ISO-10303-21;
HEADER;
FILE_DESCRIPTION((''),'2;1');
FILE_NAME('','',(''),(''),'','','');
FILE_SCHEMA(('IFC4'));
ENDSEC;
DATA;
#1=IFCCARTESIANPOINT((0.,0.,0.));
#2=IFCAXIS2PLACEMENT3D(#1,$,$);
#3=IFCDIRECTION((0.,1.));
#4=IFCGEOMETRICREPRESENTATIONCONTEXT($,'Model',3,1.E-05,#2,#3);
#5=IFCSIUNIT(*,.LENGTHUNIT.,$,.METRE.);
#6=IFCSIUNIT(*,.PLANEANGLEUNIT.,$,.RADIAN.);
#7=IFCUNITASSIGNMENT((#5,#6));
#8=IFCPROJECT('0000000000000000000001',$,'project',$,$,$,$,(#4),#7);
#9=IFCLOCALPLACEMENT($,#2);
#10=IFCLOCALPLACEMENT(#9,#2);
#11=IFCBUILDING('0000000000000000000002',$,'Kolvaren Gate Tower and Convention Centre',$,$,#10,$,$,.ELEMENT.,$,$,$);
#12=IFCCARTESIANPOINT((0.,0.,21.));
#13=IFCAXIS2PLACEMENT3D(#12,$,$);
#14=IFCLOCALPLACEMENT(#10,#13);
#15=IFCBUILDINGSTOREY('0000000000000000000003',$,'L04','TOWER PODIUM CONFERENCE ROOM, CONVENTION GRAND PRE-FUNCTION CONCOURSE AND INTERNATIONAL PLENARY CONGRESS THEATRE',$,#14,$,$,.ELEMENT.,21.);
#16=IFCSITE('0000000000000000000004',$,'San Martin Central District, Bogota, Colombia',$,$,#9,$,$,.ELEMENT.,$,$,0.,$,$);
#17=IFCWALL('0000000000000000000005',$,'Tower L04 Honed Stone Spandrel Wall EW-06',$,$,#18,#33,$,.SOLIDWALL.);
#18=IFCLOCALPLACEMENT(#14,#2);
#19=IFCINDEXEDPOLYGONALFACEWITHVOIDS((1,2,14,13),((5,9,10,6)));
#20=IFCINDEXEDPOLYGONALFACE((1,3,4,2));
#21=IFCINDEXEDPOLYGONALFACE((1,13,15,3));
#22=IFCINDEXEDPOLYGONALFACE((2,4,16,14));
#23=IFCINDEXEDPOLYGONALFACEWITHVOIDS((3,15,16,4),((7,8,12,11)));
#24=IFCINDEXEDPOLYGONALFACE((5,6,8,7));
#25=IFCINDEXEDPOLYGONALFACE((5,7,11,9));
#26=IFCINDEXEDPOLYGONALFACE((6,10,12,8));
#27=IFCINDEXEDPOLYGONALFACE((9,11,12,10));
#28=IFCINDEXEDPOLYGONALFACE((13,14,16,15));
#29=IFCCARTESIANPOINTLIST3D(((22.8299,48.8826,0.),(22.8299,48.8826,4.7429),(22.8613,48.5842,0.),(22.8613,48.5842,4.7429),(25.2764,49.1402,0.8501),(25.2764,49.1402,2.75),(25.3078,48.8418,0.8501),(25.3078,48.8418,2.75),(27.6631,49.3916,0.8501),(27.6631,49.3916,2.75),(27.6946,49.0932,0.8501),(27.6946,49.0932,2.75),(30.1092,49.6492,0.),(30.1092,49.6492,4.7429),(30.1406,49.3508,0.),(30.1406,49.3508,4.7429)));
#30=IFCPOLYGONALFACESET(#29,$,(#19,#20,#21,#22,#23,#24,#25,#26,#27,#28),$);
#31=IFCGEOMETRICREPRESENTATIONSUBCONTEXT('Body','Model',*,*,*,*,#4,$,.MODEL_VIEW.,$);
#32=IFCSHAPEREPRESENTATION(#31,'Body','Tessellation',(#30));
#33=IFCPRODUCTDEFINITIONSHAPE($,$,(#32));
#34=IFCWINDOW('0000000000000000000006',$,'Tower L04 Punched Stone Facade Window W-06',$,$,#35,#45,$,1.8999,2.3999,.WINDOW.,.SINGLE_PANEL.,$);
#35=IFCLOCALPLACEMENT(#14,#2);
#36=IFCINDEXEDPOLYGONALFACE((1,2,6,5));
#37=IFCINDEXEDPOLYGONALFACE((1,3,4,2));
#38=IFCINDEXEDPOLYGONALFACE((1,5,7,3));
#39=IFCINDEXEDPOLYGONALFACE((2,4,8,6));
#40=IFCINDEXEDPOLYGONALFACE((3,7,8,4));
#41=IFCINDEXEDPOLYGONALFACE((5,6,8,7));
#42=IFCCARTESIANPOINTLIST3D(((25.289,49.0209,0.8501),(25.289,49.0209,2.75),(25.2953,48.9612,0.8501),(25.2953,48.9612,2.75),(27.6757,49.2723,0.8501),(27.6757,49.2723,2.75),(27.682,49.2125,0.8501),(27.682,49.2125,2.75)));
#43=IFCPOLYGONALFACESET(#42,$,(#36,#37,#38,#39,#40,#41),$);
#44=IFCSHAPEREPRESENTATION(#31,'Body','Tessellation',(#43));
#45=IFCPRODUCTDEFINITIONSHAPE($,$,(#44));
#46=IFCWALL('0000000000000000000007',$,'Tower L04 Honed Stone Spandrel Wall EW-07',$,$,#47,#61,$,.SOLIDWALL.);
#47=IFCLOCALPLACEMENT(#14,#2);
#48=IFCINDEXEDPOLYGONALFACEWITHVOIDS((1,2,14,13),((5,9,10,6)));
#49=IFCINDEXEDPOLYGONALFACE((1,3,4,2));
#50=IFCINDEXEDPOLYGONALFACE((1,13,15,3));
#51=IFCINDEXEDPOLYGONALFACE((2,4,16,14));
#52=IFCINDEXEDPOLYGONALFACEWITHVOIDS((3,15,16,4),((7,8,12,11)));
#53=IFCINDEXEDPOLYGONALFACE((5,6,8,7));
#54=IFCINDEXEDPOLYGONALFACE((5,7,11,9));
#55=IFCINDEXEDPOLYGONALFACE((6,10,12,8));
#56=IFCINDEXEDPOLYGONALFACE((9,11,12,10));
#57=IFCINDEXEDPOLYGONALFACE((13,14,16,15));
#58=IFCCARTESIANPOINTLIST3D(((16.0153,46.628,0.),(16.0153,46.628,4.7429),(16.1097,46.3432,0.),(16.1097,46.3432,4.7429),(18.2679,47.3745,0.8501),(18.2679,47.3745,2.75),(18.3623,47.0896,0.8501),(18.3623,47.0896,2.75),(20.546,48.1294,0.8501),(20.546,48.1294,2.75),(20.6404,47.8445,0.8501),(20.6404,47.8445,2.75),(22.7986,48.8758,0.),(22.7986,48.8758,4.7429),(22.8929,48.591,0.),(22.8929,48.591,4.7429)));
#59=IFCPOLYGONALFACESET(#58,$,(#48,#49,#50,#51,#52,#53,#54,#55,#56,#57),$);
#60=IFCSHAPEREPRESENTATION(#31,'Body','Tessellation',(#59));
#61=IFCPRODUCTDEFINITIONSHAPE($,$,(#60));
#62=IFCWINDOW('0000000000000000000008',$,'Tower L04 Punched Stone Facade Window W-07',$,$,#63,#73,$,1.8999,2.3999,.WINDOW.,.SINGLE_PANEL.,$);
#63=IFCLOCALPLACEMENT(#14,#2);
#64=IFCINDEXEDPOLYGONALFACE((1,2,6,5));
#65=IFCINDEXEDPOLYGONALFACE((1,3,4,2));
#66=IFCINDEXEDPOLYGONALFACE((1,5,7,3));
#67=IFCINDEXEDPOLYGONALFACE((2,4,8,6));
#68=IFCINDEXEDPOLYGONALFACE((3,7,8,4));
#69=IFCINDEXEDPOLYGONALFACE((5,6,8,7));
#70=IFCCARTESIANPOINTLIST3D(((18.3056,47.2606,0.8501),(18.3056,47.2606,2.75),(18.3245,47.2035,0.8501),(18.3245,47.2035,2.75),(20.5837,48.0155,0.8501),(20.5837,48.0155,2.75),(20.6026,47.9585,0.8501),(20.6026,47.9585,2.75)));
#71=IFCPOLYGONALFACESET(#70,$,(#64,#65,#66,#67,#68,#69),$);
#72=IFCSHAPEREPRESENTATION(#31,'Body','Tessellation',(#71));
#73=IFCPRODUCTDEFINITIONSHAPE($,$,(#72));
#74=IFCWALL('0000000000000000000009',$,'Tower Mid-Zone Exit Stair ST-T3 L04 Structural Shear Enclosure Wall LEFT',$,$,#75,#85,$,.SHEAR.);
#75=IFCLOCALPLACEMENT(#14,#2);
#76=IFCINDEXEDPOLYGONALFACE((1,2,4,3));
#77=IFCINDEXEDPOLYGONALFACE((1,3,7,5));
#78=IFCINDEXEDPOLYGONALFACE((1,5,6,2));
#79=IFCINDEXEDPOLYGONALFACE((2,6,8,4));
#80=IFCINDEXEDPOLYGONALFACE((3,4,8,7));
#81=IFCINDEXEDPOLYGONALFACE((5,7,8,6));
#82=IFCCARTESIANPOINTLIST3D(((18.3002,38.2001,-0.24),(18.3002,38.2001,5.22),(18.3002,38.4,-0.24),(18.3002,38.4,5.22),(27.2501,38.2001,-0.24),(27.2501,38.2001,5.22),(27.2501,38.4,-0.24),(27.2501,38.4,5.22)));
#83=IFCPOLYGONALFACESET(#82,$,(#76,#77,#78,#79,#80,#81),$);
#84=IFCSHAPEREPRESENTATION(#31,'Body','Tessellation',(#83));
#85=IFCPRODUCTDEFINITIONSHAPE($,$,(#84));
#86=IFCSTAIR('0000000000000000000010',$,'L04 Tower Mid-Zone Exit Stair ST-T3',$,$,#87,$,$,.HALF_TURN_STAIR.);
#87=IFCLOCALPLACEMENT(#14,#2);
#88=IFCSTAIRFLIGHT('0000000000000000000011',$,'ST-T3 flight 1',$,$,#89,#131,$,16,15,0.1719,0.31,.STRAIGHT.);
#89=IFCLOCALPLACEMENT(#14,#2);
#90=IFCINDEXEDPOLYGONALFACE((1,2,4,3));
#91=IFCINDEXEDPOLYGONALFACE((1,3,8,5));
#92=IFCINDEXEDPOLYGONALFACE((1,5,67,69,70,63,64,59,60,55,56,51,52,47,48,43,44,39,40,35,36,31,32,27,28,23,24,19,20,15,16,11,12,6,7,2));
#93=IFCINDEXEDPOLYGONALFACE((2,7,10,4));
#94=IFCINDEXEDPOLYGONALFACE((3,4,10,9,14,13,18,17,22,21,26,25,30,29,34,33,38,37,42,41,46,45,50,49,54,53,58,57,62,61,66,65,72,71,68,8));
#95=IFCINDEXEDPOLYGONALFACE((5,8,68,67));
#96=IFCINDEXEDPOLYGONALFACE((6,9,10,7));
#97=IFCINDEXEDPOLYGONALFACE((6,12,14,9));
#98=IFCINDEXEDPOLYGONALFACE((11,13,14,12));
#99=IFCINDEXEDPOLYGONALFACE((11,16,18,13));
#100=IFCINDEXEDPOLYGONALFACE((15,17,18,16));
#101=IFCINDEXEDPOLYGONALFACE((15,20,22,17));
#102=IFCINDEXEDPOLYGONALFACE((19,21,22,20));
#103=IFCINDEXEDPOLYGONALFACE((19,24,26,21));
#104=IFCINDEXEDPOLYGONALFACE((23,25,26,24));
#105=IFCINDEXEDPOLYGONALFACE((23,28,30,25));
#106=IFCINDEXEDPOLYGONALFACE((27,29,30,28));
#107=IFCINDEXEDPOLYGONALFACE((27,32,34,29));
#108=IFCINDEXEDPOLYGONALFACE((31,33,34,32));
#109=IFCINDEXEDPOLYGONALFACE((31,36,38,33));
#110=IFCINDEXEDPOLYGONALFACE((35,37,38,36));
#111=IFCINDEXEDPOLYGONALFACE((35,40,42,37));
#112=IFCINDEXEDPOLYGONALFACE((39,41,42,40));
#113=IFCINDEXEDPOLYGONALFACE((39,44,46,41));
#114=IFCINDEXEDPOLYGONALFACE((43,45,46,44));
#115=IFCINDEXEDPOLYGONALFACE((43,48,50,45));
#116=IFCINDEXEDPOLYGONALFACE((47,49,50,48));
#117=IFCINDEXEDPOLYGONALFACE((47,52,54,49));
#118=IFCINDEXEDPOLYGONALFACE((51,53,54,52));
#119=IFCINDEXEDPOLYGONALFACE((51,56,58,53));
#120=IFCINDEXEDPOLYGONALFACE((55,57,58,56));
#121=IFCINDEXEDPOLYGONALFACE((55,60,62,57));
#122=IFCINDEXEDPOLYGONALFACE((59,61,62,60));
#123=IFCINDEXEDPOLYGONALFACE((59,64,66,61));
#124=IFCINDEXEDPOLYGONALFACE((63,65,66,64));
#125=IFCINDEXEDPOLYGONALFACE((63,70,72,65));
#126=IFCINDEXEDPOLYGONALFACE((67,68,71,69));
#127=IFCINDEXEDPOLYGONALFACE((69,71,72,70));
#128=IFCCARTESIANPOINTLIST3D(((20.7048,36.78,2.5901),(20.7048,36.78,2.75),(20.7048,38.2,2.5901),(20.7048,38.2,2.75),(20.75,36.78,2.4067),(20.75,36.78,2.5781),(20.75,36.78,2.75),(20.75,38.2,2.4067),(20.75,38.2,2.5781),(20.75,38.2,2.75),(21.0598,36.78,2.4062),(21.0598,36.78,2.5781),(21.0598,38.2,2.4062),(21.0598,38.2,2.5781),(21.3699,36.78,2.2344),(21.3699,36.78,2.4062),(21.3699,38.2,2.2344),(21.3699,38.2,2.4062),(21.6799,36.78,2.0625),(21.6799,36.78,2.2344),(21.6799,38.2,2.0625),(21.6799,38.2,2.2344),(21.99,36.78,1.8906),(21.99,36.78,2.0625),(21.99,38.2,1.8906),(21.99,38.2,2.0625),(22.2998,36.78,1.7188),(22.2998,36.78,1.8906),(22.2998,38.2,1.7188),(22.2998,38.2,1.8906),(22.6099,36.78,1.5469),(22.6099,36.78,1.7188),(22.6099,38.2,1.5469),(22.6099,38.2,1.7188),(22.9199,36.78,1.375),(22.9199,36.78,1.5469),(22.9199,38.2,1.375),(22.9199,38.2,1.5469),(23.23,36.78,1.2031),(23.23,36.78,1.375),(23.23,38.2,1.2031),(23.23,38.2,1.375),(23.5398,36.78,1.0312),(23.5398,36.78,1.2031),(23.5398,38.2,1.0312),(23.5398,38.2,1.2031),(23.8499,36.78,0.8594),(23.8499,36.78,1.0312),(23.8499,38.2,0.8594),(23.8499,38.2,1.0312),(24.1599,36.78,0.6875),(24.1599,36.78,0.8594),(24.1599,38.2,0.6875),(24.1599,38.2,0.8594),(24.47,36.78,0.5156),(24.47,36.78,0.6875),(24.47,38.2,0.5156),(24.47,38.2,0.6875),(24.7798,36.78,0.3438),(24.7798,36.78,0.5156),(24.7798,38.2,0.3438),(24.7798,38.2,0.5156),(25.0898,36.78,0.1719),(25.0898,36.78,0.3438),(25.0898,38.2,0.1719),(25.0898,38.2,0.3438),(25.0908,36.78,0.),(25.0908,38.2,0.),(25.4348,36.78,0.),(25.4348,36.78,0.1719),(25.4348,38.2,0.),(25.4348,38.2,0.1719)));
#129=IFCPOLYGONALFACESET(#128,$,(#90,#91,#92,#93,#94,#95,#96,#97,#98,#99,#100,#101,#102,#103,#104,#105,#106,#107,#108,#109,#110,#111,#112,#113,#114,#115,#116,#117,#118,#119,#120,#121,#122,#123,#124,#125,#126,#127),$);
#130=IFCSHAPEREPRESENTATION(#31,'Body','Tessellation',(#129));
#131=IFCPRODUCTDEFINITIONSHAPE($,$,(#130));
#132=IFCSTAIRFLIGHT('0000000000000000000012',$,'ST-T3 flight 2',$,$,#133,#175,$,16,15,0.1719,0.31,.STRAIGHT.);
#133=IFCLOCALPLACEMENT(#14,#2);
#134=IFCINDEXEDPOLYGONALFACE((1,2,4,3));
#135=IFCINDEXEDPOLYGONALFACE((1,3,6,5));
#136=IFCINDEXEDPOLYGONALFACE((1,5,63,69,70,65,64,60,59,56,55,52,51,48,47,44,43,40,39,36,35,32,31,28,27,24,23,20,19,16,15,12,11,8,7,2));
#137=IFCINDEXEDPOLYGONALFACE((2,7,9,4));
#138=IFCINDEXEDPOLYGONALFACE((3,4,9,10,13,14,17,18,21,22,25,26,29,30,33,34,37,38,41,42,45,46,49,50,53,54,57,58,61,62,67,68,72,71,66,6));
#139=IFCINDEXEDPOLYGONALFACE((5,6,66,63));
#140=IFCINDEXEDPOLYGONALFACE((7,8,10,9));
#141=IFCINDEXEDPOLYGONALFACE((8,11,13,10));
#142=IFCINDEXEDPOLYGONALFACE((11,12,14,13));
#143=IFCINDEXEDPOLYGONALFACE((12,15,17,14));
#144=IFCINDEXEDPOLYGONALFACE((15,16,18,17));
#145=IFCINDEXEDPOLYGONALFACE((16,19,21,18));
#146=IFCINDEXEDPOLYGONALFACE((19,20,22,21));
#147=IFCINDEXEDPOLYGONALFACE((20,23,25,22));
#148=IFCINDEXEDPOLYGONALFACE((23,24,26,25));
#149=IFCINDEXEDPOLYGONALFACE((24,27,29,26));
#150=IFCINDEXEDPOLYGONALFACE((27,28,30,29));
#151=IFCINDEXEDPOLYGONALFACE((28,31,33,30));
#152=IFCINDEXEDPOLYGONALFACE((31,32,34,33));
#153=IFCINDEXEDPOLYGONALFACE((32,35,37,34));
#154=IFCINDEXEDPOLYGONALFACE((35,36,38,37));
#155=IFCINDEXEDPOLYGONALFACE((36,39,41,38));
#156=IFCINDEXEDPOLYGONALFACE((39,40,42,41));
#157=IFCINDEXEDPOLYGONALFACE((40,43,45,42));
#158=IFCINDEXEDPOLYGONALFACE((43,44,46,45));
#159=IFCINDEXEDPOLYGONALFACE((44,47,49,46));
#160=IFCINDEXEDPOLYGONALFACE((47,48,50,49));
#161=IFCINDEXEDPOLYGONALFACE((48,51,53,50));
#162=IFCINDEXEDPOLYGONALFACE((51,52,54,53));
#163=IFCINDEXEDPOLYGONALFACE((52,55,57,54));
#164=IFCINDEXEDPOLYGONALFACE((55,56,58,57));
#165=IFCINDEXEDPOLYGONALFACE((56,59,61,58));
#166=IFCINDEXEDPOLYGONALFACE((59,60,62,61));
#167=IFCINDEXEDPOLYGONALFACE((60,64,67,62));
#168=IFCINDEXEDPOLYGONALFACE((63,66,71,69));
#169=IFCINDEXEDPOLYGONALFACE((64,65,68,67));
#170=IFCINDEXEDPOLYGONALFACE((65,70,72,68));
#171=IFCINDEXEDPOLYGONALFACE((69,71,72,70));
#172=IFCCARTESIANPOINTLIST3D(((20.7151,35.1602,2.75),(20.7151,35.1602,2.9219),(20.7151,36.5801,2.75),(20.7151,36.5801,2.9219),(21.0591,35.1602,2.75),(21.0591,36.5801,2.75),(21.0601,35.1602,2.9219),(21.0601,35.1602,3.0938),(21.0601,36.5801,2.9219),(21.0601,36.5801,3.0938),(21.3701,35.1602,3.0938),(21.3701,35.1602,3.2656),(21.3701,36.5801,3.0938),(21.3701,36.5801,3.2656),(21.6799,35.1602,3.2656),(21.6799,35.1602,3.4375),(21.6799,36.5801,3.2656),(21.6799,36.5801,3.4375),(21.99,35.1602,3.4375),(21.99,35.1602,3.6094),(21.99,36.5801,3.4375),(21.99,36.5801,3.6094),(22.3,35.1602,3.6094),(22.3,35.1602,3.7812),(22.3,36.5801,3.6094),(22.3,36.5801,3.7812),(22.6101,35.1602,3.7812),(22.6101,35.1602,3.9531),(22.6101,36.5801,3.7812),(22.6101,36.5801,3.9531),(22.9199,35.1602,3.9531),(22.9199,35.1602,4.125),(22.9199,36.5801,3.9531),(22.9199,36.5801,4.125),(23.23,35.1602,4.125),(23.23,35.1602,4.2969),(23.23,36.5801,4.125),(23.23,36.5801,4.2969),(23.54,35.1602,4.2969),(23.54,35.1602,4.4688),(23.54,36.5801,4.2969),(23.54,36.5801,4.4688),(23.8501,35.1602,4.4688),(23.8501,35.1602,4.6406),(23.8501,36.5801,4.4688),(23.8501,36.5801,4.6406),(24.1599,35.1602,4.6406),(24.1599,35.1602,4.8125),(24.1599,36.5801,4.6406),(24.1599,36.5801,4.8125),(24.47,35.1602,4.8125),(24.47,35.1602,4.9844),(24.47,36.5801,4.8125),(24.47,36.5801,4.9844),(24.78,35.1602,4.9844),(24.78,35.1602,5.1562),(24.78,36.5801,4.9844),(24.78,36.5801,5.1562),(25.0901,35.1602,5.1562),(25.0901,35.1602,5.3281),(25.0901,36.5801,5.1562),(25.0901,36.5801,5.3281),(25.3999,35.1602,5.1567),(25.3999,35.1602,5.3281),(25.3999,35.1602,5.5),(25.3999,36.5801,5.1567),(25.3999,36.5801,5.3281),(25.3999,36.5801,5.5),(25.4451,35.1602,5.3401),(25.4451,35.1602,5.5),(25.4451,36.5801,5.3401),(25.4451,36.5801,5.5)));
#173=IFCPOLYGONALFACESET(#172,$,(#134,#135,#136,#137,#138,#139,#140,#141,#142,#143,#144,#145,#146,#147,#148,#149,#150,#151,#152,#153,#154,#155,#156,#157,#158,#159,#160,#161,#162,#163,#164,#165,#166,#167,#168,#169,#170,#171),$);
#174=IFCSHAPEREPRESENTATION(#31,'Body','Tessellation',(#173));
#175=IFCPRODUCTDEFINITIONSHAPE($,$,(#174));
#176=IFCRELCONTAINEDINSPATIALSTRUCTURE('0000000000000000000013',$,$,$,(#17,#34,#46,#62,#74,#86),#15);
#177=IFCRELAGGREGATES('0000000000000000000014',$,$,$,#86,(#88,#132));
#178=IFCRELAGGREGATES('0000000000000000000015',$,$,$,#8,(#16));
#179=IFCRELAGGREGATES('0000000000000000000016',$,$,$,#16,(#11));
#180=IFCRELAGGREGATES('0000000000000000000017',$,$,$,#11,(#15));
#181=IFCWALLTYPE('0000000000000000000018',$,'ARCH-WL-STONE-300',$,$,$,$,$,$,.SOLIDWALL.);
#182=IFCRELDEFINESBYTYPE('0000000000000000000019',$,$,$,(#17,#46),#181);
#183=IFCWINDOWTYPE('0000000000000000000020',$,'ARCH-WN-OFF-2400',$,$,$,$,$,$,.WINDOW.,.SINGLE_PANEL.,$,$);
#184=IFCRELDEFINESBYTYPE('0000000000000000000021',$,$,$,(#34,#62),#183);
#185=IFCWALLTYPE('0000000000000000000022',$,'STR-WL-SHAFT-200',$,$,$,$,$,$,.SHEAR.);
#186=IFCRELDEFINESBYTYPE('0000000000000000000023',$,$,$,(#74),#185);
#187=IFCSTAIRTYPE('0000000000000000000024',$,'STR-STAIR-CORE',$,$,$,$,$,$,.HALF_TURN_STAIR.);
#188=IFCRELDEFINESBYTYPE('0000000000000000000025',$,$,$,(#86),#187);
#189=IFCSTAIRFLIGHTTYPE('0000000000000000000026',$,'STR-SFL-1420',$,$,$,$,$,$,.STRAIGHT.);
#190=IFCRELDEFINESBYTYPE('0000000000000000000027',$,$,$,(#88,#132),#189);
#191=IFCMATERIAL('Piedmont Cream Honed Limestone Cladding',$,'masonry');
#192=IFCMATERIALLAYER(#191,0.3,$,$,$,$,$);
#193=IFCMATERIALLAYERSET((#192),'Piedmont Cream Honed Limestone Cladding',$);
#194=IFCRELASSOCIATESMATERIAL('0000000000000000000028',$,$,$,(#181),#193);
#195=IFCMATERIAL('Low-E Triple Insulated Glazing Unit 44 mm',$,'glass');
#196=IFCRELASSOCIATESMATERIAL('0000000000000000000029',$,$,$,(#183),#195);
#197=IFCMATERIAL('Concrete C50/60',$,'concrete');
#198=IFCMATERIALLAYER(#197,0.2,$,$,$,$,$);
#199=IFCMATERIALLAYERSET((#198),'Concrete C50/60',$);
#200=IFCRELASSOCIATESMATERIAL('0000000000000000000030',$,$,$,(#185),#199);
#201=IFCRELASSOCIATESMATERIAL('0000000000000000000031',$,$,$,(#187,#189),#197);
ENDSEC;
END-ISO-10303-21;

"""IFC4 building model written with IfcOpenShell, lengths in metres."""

from ifc_helpers import new_model, si_unit, direction, frame, frame_2d, origin, place, context, subcontext, project, spatial, polyline, rectangle, outline, extrude, material, layer, layer_set, type_object, element, fill, aggregate, save


model = new_model("IFC4")

# Units and contexts
model_context = context("Model", 3, precision=1e-05, world=origin(), true_north=direction((0.0, 1.0)))
body_context = subcontext(model_context, "Body", "Model", "MODEL_VIEW")
ifc_project = project(units=[si_unit("LENGTHUNIT", "METRE"), si_unit("PLANEANGLEUNIT", "RADIAN")], contexts=[model_context])

# Site, building, storey
site_placement = place(None, origin())
site = spatial("IfcSite", under=ifc_project, at=site_placement, Name="San Martin Central District, Bogota, Colombia", CompositionType="ELEMENT", RefElevation=0.0)
building_placement = place(site_placement, origin())
building = spatial("IfcBuilding", under=site, at=building_placement, Name="Kolvaren Gate Tower and Convention Centre", CompositionType="ELEMENT")
storey_placement = place(building_placement, frame((0.0, 0.0, 21.0)))
storey = spatial("IfcBuildingStorey", under=building, at=storey_placement, Name="L04", Description="TOWER PODIUM CONFERENCE ROOM, CONVENTION GRAND PRE-FUNCTION CONCOURSE AND INTERNATIONAL PLENARY CONGRESS THEATRE", CompositionType="ELEMENT", Elevation=21.0)

# Shared definitions
ifc_material_1 = material(Name="Low-E Triple Insulated Glazing Unit 44 mm", Category="glass")

# Walls, openings, windows
ifc_material_2 = material(Name="Piedmont Cream Honed Limestone Cladding", Category="masonry")
ifc_layer_1 = layer(ifc_material_2, 0.3)
ifc_layer_set_1 = layer_set([ifc_layer_1], Name="Piedmont Cream Honed Limestone Cladding")
wall_type_1 = type_object("IfcWallType", Name="ARCH-WL-STONE-300", PredefinedType="SOLIDWALL", material=ifc_layer_set_1)
wall_1_placement = place(storey_placement, frame((22.8457, 48.7334, 0.0), z_axis=(0.0, 0.0, 1.0), x_axis=(0.9945, 0.104733, 0.0)))
wall_1 = element("IfcWall", 1, at=wall_1_placement, inside=storey, type_object=wall_type_1, Name="Tower L04 Honed Stone Spandrel Wall EW-06", PredefinedType="SOLIDWALL", context=body_context, shape_type="SweptSolid", body=[
    extrude(rectangle(XDim=7.3196, YDim=0.3, at=frame_2d((3.6597, 0.0))), origin(), (0.0, 0.0, 1.0), 4.7429),
])
opening_1_placement = place(wall_1_placement, frame((2.46, 0.0, 0.8501)))
opening_1 = element("IfcOpeningElement", 2, at=opening_1_placement, cuts=wall_1, PredefinedType="OPENING", context=body_context, shape_type="SweptSolid", body=[
    extrude(rectangle(XDim=2.3999, YDim=1.8999, at=frame_2d((1.2, 0.95))), frame((0.0, 0.1599, 0.0), z_axis=(0.0, -1.0, 0.0), x_axis=(1.0, 0.0, 0.0)), (0.0, 0.0, 1.0), 0.3201),
])
window_type = type_object("IfcWindowType", Name="ARCH-WN-OFF-2400", PartitioningType="SINGLE_PANEL", PredefinedType="WINDOW", material=ifc_material_1)
window_1_placement = place(opening_1_placement, origin())
window_1 = element("IfcWindow", 3, at=window_1_placement, inside=storey, type_object=window_type, Name="Tower L04 Punched Stone Facade Window W-06", OverallHeight=1.8999, OverallWidth=2.3999, PartitioningType="SINGLE_PANEL", PredefinedType="WINDOW", context=body_context, shape_type="SweptSolid", body=[
    extrude(rectangle(XDim=2.3999, YDim=1.8999, at=frame_2d((1.2, 0.95))), frame((0.0, 0.03, 0.0), z_axis=(0.0, -1.0, 0.0), x_axis=(1.0, 0.0, 0.0)), (0.0, 0.0, 1.0), 0.0601),
])
fill(opening_1, window_1)
wall_2_placement = place(storey_placement, frame((16.0625, 46.4856, 0.0), z_axis=(0.0, 0.0, 1.0), x_axis=(0.949239, 0.314557, 0.0)))
wall_2 = element("IfcWall", 4, at=wall_2_placement, inside=storey, type_object=wall_type_1, Name="Tower L04 Honed Stone Spandrel Wall EW-07", PredefinedType="SOLIDWALL", context=body_context, shape_type="SweptSolid", body=[
    extrude(rectangle(XDim=7.146, YDim=0.3, at=frame_2d((3.573, 0.0))), origin(), (0.0, 0.0, 1.0), 4.7429),
])
opening_2_placement = place(wall_2_placement, frame((2.373, 0.0, 0.8501)))
opening_2 = element("IfcOpeningElement", 5, at=opening_2_placement, cuts=wall_2, PredefinedType="OPENING", context=body_context, shape_type="SweptSolid", body=[
    extrude(rectangle(XDim=2.3999, YDim=1.8999, at=frame_2d((1.2, 0.95))), frame((0.0, 0.1599, 0.0), z_axis=(0.0, -1.0, 0.0), x_axis=(1.0, 0.0, 0.0)), (0.0, 0.0, 1.0), 0.3201),
])
window_2_placement = place(opening_2_placement, origin())
window_2 = element("IfcWindow", 6, at=window_2_placement, inside=storey, type_object=window_type, Name="Tower L04 Punched Stone Facade Window W-07", OverallHeight=1.8999, OverallWidth=2.3999, PartitioningType="SINGLE_PANEL", PredefinedType="WINDOW", context=body_context, shape_type="SweptSolid", body=[
    extrude(rectangle(XDim=2.3999, YDim=1.8999, at=frame_2d((1.2, 0.95))), frame((0.0, 0.03, 0.0), z_axis=(0.0, -1.0, 0.0), x_axis=(1.0, 0.0, 0.0)), (0.0, 0.0, 1.0), 0.0601),
])
fill(opening_2, window_2)

# Wall
ifc_material_3 = material(Name="Concrete C50/60", Category="concrete")
ifc_layer_2 = layer(ifc_material_3, 0.2)
ifc_layer_set_2 = layer_set([ifc_layer_2], Name="Concrete C50/60")
wall_type_2 = type_object("IfcWallType", Name="STR-WL-SHAFT-200", PredefinedType="SHEAR", material=ifc_layer_set_2)
wall_3_placement = place(storey_placement, frame((18.3, 38.3, -0.24), z_axis=(0.0, 0.0, 1.0), x_axis=(1.0, 0.0, 0.0)))
element("IfcWall", 7, at=wall_3_placement, inside=storey, type_object=wall_type_2, Name="Tower Mid-Zone Exit Stair ST-T3 L04 Structural Shear Enclosure Wall LEFT", PredefinedType="SHEAR", context=body_context, shape_type="SweptSolid", body=[
    extrude(rectangle(XDim=8.95, YDim=0.2, at=frame_2d((4.4751, 0.0))), origin(), (0.0, 0.0, 1.0), 5.46),
])

# Stair, stair flights
stair_type = type_object("IfcStairType", Name="STR-STAIR-CORE", PredefinedType="HALF_TURN_STAIR", material=ifc_material_3)
stair_placement = place(storey_placement, origin())
stair = element("IfcStair", 8, at=stair_placement, inside=storey, type_object=stair_type, Name="L04 Tower Mid-Zone Exit Stair ST-T3", PredefinedType="HALF_TURN_STAIR")
stair_flight_type = type_object("IfcStairFlightType", Name="STR-SFL-1420", PredefinedType="STRAIGHT", material=ifc_material_3)
stair_flight_1_placement = place(storey_placement, frame((25.3999, 37.49, 0.0), z_axis=(0.0, 0.0, 1.0), x_axis=(-1.0, 0.0, 0.0)))
stair_flight_1 = element("IfcStairFlight", 9, at=stair_flight_1_placement, type_object=stair_flight_type, Name="ST-T3 flight 1", NumberOfRisers=16, NumberOfTreads=15, PredefinedType="STRAIGHT", RiserHeight=0.1719, TreadLength=0.31, context=body_context, shape_type="SweptSolid", body=[
    extrude(outline(polyline([(-0.0349, 0.0), (-0.0349, 0.1719), (0.3101, 0.1719), (0.3101, 0.3438), (0.6201, 0.3438), (0.6201, 0.5156), (0.9299, 0.5156), (0.9299, 0.6875), (1.24, 0.6875), (1.24, 0.8594), (1.55, 0.8594), (1.55, 1.0312), (1.8601, 1.0312), (1.8601, 1.2031), (2.1699, 1.2031), (2.1699, 1.375), (2.48, 1.375), (2.48, 1.5469), (2.79, 1.5469), (2.79, 1.7188), (3.1001, 1.7188), (3.1001, 1.8906), (3.4099, 1.8906), (3.4099, 2.0625), (3.72, 2.0625), (3.72, 2.2344), (4.03, 2.2344), (4.03, 2.4062), (4.3401, 2.4062), (4.3401, 2.5781), (4.6499, 2.5781), (4.6499, 2.75), (4.6951, 2.75), (4.6951, 2.5901), (4.6499, 2.4067), (0.3091, 0.0), (-0.0349, 0.0)])), frame((0.0, 0.71, 0.0), z_axis=(0.0, -1.0, 0.0), x_axis=(1.0, 0.0, 0.0)), (0.0, 0.0, 1.0), 1.4199),
])
stair_flight_2_placement = place(storey_placement, frame((20.75, 35.8701, 2.75), z_axis=(0.0, 0.0, 1.0), x_axis=(1.0, 0.0, 0.0)))
stair_flight_2 = element("IfcStairFlight", 10, at=stair_flight_2_placement, type_object=stair_flight_type, Name="ST-T3 flight 2", NumberOfRisers=16, NumberOfTreads=15, PredefinedType="STRAIGHT", RiserHeight=0.1719, TreadLength=0.31, context=body_context, shape_type="SweptSolid", body=[
    extrude(outline(polyline([(-0.0349, 0.0), (-0.0349, 0.1719), (0.3101, 0.1719), (0.3101, 0.3438), (0.6201, 0.3438), (0.6201, 0.5156), (0.9299, 0.5156), (0.9299, 0.6875), (1.24, 0.6875), (1.24, 0.8594), (1.55, 0.8594), (1.55, 1.0312), (1.8601, 1.0312), (1.8601, 1.2031), (2.1699, 1.2031), (2.1699, 1.375), (2.48, 1.375), (2.48, 1.5469), (2.79, 1.5469), (2.79, 1.7188), (3.1001, 1.7188), (3.1001, 1.8906), (3.4099, 1.8906), (3.4099, 2.0625), (3.72, 2.0625), (3.72, 2.2344), (4.03, 2.2344), (4.03, 2.4062), (4.3401, 2.4062), (4.3401, 2.5781), (4.6499, 2.5781), (4.6499, 2.75), (4.6951, 2.75), (4.6951, 2.5901), (4.6499, 2.4067), (0.3091, 0.0), (-0.0349, 0.0)])), frame((0.0, 0.71, 0.0), z_axis=(0.0, -1.0, 0.0), x_axis=(1.0, 0.0, 0.0)), (0.0, 0.0, 1.0), 1.4199),
])
aggregate(stair, [stair_flight_1, stair_flight_2])

save(model, "model.ifc")
